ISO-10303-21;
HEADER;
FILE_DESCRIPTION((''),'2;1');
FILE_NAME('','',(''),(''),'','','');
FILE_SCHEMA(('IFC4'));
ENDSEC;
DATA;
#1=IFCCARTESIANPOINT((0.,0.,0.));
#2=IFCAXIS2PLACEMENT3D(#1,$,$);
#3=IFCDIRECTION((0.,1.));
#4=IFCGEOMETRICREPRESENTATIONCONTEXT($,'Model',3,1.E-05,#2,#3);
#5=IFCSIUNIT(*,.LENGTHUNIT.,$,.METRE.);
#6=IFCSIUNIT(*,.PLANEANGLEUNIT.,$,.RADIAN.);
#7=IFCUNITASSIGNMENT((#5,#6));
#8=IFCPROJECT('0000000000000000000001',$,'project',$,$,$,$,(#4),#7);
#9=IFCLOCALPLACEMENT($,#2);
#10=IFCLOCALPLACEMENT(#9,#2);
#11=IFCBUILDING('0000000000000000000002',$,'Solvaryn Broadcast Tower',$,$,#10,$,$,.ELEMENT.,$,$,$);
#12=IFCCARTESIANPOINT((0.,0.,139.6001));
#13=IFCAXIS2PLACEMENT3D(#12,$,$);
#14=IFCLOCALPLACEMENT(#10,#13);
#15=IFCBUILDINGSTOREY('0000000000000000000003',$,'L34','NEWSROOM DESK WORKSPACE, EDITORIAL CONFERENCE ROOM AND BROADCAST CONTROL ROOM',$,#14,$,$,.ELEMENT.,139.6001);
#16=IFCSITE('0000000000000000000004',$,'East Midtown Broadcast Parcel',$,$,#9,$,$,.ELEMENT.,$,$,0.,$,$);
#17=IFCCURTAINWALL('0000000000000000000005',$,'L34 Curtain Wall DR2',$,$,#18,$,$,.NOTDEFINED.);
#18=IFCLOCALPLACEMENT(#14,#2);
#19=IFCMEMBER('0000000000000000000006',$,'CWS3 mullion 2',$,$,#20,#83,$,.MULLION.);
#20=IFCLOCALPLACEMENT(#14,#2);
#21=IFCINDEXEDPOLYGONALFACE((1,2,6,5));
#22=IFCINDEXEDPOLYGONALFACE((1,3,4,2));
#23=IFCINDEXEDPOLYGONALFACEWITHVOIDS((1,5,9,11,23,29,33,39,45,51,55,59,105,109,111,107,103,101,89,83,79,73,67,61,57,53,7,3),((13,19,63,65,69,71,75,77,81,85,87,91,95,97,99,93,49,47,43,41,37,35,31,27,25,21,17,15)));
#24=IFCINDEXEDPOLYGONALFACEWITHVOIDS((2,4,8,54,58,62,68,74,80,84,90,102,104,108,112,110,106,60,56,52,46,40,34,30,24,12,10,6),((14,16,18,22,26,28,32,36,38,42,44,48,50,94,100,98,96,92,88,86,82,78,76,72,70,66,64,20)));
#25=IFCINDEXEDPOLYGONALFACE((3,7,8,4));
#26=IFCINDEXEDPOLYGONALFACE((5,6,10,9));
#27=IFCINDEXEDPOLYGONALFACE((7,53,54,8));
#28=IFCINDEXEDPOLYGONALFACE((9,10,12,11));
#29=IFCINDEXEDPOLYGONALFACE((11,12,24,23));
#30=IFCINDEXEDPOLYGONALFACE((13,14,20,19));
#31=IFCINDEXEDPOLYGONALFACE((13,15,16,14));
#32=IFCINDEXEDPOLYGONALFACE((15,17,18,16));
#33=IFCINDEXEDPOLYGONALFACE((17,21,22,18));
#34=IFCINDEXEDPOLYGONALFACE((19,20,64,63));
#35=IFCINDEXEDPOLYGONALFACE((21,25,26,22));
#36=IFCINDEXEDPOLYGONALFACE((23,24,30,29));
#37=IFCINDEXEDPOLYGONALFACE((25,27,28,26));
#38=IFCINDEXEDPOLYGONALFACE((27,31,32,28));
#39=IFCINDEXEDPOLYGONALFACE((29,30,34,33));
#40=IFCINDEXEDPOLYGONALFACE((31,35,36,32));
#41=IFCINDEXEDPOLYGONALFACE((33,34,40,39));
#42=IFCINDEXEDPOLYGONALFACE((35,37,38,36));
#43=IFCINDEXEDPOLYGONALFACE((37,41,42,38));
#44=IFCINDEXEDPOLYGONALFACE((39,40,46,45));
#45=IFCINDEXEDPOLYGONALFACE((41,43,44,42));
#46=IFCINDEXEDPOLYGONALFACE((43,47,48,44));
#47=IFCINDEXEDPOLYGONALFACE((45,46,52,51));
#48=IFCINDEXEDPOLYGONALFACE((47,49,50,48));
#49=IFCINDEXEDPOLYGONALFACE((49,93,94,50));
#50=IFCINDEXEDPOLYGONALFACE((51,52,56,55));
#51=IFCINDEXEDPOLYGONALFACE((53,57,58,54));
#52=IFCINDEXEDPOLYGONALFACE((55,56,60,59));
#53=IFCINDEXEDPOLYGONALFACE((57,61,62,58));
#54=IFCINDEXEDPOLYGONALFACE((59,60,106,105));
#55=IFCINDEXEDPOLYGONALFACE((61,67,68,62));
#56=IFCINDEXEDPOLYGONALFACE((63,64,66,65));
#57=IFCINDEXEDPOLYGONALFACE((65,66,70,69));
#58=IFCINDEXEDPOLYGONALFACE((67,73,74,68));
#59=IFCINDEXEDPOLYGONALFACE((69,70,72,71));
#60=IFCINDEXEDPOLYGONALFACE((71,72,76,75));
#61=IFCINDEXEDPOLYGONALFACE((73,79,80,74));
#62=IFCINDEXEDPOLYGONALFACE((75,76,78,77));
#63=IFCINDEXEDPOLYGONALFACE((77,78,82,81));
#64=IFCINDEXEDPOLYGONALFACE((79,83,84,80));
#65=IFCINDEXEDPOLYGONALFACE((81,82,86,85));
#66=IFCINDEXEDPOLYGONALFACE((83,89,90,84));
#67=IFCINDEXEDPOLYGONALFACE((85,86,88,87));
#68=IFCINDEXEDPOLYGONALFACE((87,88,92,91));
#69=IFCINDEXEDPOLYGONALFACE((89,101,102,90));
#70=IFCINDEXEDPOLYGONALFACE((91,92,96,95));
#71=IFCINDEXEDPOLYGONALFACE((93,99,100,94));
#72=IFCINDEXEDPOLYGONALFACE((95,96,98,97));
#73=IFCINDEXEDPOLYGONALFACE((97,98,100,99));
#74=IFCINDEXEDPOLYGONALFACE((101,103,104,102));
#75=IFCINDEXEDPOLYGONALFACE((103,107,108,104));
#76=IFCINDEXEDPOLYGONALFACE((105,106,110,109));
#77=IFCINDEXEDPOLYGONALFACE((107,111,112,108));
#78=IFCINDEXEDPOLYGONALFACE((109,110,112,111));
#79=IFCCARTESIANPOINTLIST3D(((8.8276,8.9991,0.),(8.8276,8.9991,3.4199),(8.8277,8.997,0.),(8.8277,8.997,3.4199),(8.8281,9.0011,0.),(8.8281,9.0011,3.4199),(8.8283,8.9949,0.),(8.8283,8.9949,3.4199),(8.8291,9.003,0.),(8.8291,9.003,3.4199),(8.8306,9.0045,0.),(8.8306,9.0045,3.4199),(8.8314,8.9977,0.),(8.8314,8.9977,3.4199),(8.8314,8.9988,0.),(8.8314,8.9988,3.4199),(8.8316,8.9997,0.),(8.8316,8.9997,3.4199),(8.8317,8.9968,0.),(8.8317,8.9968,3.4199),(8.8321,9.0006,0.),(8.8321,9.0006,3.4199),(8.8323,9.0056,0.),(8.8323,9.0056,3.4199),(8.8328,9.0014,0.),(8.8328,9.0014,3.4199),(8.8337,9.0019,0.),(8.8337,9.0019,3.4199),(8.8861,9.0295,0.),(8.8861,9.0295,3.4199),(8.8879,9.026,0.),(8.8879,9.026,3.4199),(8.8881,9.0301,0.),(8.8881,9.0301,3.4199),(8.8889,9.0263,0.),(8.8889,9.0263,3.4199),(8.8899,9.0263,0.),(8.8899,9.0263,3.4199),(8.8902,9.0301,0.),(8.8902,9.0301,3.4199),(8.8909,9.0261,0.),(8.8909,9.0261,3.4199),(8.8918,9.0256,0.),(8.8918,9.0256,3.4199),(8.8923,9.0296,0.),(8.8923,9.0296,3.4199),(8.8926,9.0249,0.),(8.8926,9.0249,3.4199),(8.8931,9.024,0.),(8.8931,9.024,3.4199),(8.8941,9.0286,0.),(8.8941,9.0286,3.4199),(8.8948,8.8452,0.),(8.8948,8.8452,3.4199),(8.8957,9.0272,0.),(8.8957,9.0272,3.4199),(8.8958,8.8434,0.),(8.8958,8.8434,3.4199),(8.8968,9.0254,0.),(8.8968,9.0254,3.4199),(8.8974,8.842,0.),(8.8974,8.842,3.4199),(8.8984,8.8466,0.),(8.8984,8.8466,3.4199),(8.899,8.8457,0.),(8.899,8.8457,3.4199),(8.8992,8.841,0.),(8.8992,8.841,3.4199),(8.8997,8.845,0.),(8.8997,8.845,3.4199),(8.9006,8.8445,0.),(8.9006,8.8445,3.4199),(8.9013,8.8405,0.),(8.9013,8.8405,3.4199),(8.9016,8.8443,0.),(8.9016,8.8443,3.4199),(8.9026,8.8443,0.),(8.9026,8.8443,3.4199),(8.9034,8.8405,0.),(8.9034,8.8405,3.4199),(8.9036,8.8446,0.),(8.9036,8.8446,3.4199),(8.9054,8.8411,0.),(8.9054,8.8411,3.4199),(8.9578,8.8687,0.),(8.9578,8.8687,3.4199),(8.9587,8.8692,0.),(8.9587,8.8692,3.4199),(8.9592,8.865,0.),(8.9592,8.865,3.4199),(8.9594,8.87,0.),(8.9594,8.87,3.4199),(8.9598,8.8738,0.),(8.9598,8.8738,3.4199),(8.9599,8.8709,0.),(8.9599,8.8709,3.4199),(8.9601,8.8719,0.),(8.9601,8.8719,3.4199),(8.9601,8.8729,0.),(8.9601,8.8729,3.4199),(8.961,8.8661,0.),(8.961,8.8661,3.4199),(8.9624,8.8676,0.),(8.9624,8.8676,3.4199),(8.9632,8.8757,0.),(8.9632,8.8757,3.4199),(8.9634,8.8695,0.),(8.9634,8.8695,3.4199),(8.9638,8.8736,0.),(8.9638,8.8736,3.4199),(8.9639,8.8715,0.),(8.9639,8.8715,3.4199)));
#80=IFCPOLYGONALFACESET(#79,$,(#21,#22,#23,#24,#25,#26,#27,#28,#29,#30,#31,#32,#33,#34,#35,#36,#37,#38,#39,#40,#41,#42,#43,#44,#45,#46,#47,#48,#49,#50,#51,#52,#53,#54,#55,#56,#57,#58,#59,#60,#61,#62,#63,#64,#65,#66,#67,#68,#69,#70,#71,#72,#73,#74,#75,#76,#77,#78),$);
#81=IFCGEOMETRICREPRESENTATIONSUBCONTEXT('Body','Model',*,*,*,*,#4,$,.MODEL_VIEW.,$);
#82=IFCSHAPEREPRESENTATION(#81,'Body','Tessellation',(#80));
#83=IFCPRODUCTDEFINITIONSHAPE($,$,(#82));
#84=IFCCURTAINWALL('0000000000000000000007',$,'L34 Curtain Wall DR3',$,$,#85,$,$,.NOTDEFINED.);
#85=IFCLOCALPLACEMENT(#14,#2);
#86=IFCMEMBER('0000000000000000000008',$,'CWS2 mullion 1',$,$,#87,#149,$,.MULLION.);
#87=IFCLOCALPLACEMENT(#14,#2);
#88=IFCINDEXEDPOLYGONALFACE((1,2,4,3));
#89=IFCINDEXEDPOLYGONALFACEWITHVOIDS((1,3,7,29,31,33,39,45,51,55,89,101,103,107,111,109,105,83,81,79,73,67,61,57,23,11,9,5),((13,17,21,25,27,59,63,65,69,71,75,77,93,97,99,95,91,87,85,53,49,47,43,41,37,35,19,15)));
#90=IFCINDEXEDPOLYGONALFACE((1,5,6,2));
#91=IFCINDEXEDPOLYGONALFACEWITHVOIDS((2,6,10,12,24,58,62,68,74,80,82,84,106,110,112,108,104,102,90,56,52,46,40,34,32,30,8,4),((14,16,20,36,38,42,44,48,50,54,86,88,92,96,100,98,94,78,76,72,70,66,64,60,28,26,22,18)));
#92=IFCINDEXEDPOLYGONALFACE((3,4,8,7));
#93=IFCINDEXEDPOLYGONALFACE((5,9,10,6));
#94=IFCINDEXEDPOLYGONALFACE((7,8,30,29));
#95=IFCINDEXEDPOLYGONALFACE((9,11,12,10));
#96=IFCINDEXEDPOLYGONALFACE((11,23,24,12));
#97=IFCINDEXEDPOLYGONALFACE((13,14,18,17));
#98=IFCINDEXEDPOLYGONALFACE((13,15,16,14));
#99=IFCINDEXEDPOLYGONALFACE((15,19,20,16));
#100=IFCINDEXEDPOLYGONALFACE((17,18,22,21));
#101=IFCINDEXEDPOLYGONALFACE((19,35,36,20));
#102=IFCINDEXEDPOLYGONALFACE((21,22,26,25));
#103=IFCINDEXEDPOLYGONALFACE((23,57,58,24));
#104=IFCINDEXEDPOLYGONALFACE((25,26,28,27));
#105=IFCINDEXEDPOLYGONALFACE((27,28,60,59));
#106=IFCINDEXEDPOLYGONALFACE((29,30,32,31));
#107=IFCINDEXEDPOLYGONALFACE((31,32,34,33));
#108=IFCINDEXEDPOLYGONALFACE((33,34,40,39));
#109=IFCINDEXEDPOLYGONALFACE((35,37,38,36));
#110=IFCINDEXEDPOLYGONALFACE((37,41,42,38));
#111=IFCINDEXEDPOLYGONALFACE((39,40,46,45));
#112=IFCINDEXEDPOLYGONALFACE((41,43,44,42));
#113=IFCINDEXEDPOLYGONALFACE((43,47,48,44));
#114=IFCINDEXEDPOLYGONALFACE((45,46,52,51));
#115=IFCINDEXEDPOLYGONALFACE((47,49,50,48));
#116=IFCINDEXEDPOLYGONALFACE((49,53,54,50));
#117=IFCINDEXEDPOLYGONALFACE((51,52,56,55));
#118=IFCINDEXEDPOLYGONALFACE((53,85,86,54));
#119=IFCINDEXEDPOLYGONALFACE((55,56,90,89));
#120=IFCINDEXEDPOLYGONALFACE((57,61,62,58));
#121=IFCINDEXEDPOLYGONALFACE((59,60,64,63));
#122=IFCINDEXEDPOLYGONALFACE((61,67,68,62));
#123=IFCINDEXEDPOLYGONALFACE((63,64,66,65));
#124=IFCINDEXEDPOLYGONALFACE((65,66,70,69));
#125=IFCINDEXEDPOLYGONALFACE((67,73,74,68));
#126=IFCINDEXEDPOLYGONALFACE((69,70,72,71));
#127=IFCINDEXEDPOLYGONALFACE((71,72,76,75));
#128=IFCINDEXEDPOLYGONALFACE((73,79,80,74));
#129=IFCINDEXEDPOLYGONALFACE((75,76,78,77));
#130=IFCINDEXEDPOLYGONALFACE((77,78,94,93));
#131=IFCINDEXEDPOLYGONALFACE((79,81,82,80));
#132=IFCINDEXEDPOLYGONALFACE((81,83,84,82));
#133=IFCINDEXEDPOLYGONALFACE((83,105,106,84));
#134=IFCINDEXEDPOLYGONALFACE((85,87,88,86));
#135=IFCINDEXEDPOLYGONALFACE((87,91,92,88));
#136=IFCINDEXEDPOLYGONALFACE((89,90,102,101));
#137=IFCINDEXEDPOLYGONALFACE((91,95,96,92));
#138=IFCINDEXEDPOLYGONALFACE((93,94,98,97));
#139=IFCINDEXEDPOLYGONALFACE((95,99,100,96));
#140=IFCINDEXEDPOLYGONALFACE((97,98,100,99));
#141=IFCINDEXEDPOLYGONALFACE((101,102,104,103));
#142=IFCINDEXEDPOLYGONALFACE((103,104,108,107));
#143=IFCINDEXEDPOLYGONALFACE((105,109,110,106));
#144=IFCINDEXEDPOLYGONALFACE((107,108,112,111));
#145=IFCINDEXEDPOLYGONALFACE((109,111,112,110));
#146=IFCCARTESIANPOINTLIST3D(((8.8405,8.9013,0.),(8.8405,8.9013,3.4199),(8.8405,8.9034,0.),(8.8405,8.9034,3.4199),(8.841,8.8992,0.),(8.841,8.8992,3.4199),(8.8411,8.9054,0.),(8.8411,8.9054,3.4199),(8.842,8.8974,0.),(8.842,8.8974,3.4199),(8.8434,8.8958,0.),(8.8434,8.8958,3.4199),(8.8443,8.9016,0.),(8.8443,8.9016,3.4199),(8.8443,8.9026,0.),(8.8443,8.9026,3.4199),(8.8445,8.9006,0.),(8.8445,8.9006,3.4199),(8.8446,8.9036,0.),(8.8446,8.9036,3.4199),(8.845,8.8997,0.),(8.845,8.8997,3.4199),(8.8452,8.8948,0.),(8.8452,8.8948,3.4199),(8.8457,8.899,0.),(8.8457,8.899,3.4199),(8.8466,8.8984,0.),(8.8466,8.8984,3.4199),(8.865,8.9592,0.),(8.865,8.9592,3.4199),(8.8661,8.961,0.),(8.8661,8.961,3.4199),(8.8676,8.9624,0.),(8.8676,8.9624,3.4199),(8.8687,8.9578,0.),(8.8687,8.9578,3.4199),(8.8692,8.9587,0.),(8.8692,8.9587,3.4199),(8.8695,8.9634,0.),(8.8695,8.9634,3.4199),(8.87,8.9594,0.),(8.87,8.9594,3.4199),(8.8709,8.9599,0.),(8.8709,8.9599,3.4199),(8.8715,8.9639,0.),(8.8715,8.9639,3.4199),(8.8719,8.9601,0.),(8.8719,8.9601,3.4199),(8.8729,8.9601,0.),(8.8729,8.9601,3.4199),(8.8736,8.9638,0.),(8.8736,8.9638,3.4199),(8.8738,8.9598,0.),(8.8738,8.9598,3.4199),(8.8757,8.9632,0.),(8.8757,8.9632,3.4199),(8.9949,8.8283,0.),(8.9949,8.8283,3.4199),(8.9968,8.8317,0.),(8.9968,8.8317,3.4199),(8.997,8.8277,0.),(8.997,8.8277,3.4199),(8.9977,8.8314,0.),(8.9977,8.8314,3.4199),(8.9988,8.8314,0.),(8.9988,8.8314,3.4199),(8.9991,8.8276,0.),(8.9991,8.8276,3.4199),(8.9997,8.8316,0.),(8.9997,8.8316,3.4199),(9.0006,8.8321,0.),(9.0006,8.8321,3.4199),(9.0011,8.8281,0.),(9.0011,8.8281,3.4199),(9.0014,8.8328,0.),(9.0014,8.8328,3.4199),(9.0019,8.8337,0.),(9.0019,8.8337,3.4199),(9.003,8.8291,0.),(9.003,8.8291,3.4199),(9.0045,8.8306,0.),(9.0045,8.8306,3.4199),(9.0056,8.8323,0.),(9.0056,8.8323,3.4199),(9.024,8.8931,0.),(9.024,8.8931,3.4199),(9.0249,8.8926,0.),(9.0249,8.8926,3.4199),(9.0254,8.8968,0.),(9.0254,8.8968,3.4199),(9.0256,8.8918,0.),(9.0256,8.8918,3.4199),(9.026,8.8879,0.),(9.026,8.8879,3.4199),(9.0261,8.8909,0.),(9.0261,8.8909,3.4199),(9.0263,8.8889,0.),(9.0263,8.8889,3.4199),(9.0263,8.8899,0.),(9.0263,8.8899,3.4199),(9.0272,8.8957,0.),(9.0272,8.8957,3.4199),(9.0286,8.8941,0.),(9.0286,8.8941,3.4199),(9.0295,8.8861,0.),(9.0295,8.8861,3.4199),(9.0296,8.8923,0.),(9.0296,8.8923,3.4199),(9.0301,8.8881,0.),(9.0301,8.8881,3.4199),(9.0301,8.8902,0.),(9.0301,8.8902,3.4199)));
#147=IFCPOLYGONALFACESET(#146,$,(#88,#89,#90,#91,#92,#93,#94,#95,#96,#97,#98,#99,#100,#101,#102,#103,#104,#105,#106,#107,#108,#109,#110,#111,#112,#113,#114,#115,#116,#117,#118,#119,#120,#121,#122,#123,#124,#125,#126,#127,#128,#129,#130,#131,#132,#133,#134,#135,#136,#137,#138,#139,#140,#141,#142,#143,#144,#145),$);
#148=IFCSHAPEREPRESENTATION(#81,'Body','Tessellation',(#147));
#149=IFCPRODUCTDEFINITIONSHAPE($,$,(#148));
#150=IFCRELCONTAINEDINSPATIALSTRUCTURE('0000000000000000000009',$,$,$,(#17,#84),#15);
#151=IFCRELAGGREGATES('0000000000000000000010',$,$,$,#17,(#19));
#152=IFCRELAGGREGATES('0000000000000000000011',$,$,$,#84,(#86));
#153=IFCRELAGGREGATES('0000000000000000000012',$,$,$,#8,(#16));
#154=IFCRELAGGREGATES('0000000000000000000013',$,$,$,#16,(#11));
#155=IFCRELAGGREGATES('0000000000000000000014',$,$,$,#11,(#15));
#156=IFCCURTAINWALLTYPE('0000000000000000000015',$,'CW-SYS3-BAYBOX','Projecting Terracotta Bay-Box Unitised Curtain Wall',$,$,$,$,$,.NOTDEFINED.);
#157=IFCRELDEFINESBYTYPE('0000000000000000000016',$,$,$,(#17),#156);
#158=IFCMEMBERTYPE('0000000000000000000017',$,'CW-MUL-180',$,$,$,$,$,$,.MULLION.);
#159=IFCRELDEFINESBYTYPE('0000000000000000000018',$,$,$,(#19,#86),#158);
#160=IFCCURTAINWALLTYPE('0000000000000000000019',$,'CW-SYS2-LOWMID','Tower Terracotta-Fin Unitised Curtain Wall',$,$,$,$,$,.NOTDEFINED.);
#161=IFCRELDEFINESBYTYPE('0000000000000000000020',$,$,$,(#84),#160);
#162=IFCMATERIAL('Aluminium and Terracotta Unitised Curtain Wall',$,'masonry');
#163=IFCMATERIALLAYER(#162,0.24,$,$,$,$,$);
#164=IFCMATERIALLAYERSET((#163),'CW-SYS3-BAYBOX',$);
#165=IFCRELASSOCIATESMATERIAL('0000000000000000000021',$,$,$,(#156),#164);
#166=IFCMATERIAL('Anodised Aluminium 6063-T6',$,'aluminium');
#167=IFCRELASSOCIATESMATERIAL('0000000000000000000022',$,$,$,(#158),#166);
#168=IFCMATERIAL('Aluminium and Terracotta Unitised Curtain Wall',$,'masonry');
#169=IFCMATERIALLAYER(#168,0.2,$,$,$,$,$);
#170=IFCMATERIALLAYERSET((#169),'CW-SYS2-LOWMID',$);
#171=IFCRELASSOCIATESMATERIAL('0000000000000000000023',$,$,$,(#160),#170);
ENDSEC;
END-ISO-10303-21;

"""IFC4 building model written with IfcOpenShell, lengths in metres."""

from ifc_helpers import new_model, si_unit, direction, frame, origin, origin_2d, place, context, subcontext, project, spatial, hollow_rectangle, extrude, material, layer, layer_set, material_profile, profile_set, type_object, element, aggregate, save


model = new_model("IFC4")

# Units and contexts
model_context = context("Model", 3, precision=1e-05, world=origin(), true_north=direction((0.0, 1.0)))
body_context = subcontext(model_context, "Body", "Model", "MODEL_VIEW")
ifc_project = project(units=[si_unit("LENGTHUNIT", "METRE"), si_unit("PLANEANGLEUNIT", "RADIAN")], contexts=[model_context])

# Site, building, storey
site_placement = place(None, origin())
site = spatial("IfcSite", under=ifc_project, at=site_placement, Name="East Midtown Broadcast Parcel", CompositionType="ELEMENT", RefElevation=0.0)
building_placement = place(site_placement, origin())
building = spatial("IfcBuilding", under=site, at=building_placement, Name="Solvaryn Broadcast Tower", CompositionType="ELEMENT")
storey_placement = place(building_placement, frame((0.0, 0.0, 139.6001)))
storey = spatial("IfcBuildingStorey", under=building, at=storey_placement, Name="L34", Description="NEWSROOM DESK WORKSPACE, EDITORIAL CONFERENCE ROOM AND BROADCAST CONTROL ROOM", CompositionType="ELEMENT", Elevation=139.6001)

# Curtain wall, member
ifc_material_1 = material(Name="Aluminium and Terracotta Unitised Curtain Wall", Category="masonry")
ifc_layer_1 = layer(ifc_material_1, 0.24)
ifc_layer_set_1 = layer_set([ifc_layer_1], Name="CW-SYS3-BAYBOX")
curtain_wall_type_1 = type_object("IfcCurtainWallType", Name="CW-SYS3-BAYBOX", Description="Projecting Terracotta Bay-Box Unitised Curtain Wall", PredefinedType="NOTDEFINED", material=ifc_layer_set_1)
curtain_wall_1_placement = place(storey_placement, origin())
curtain_wall_1 = element("IfcCurtainWall", 1, at=curtain_wall_1_placement, inside=storey, type_object=curtain_wall_type_1, Name="L34 Curtain Wall DR2", PredefinedType="NOTDEFINED")
ifc_material_2 = material(Name="Anodised Aluminium 6063-T6", Category="aluminium")
ifc_material_profile_1 = material_profile(ifc_material_2, hollow_rectangle(XDim=0.075, YDim=0.1799, WallThickness=0.0039, InnerFilletRadius=0.0039, OuterFilletRadius=0.0081, at=origin_2d()))
ifc_profile_set_1 = profile_set([ifc_material_profile_1], Name="Anodised Aluminium 6063-T6")
member_type_1 = type_object("IfcMemberType", Name="CW-MUL-180", PredefinedType="MULLION", material=ifc_profile_set_1)
member_1_placement = place(storey_placement, frame((8.8958, 8.9353, 0.0), z_axis=(0.0, 0.0, 1.0), x_axis=(0.913909, 0.405918, 0.0)))
member_1 = element("IfcMember", 2, at=member_1_placement, type_object=member_type_1, Name="CWS3 mullion 2", PredefinedType="MULLION", context=body_context, shape_type="SweptSolid", body=[
    extrude(hollow_rectangle(XDim=0.075, YDim=0.1799, WallThickness=0.0039, InnerFilletRadius=0.0039, OuterFilletRadius=0.0081, at=origin_2d()), origin(), (0.0, 0.0, 1.0), 3.4199),
])
aggregate(curtain_wall_1, [member_1])

# Curtain wall, member
ifc_material_3 = material(Name="Aluminium and Terracotta Unitised Curtain Wall", Category="masonry")
ifc_layer_2 = layer(ifc_material_3, 0.2)
ifc_layer_set_2 = layer_set([ifc_layer_2], Name="CW-SYS2-LOWMID")
curtain_wall_type_2 = type_object("IfcCurtainWallType", Name="CW-SYS2-LOWMID", Description="Tower Terracotta-Fin Unitised Curtain Wall", PredefinedType="NOTDEFINED", material=ifc_layer_set_2)
curtain_wall_2_placement = place(storey_placement, origin())
curtain_wall_2 = element("IfcCurtainWall", 3, at=curtain_wall_2_placement, inside=storey, type_object=curtain_wall_type_2, Name="L34 Curtain Wall DR3", PredefinedType="NOTDEFINED")
member_2_placement = place(storey_placement, frame((8.9353, 8.8958, 0.0), z_axis=(0.0, 0.0, 1.0), x_axis=(0.405918, 0.913909, 0.0)))
member_2 = element("IfcMember", 4, at=member_2_placement, type_object=member_type_1, Name="CWS2 mullion 1", PredefinedType="MULLION", context=body_context, shape_type="SweptSolid", body=[
    extrude(hollow_rectangle(XDim=0.075, YDim=0.1799, WallThickness=0.0039, InnerFilletRadius=0.0039, OuterFilletRadius=0.0081, at=origin_2d()), origin(), (0.0, 0.0, 1.0), 3.4199),
])
aggregate(curtain_wall_2, [member_2])

save(model, "model.ifc")
